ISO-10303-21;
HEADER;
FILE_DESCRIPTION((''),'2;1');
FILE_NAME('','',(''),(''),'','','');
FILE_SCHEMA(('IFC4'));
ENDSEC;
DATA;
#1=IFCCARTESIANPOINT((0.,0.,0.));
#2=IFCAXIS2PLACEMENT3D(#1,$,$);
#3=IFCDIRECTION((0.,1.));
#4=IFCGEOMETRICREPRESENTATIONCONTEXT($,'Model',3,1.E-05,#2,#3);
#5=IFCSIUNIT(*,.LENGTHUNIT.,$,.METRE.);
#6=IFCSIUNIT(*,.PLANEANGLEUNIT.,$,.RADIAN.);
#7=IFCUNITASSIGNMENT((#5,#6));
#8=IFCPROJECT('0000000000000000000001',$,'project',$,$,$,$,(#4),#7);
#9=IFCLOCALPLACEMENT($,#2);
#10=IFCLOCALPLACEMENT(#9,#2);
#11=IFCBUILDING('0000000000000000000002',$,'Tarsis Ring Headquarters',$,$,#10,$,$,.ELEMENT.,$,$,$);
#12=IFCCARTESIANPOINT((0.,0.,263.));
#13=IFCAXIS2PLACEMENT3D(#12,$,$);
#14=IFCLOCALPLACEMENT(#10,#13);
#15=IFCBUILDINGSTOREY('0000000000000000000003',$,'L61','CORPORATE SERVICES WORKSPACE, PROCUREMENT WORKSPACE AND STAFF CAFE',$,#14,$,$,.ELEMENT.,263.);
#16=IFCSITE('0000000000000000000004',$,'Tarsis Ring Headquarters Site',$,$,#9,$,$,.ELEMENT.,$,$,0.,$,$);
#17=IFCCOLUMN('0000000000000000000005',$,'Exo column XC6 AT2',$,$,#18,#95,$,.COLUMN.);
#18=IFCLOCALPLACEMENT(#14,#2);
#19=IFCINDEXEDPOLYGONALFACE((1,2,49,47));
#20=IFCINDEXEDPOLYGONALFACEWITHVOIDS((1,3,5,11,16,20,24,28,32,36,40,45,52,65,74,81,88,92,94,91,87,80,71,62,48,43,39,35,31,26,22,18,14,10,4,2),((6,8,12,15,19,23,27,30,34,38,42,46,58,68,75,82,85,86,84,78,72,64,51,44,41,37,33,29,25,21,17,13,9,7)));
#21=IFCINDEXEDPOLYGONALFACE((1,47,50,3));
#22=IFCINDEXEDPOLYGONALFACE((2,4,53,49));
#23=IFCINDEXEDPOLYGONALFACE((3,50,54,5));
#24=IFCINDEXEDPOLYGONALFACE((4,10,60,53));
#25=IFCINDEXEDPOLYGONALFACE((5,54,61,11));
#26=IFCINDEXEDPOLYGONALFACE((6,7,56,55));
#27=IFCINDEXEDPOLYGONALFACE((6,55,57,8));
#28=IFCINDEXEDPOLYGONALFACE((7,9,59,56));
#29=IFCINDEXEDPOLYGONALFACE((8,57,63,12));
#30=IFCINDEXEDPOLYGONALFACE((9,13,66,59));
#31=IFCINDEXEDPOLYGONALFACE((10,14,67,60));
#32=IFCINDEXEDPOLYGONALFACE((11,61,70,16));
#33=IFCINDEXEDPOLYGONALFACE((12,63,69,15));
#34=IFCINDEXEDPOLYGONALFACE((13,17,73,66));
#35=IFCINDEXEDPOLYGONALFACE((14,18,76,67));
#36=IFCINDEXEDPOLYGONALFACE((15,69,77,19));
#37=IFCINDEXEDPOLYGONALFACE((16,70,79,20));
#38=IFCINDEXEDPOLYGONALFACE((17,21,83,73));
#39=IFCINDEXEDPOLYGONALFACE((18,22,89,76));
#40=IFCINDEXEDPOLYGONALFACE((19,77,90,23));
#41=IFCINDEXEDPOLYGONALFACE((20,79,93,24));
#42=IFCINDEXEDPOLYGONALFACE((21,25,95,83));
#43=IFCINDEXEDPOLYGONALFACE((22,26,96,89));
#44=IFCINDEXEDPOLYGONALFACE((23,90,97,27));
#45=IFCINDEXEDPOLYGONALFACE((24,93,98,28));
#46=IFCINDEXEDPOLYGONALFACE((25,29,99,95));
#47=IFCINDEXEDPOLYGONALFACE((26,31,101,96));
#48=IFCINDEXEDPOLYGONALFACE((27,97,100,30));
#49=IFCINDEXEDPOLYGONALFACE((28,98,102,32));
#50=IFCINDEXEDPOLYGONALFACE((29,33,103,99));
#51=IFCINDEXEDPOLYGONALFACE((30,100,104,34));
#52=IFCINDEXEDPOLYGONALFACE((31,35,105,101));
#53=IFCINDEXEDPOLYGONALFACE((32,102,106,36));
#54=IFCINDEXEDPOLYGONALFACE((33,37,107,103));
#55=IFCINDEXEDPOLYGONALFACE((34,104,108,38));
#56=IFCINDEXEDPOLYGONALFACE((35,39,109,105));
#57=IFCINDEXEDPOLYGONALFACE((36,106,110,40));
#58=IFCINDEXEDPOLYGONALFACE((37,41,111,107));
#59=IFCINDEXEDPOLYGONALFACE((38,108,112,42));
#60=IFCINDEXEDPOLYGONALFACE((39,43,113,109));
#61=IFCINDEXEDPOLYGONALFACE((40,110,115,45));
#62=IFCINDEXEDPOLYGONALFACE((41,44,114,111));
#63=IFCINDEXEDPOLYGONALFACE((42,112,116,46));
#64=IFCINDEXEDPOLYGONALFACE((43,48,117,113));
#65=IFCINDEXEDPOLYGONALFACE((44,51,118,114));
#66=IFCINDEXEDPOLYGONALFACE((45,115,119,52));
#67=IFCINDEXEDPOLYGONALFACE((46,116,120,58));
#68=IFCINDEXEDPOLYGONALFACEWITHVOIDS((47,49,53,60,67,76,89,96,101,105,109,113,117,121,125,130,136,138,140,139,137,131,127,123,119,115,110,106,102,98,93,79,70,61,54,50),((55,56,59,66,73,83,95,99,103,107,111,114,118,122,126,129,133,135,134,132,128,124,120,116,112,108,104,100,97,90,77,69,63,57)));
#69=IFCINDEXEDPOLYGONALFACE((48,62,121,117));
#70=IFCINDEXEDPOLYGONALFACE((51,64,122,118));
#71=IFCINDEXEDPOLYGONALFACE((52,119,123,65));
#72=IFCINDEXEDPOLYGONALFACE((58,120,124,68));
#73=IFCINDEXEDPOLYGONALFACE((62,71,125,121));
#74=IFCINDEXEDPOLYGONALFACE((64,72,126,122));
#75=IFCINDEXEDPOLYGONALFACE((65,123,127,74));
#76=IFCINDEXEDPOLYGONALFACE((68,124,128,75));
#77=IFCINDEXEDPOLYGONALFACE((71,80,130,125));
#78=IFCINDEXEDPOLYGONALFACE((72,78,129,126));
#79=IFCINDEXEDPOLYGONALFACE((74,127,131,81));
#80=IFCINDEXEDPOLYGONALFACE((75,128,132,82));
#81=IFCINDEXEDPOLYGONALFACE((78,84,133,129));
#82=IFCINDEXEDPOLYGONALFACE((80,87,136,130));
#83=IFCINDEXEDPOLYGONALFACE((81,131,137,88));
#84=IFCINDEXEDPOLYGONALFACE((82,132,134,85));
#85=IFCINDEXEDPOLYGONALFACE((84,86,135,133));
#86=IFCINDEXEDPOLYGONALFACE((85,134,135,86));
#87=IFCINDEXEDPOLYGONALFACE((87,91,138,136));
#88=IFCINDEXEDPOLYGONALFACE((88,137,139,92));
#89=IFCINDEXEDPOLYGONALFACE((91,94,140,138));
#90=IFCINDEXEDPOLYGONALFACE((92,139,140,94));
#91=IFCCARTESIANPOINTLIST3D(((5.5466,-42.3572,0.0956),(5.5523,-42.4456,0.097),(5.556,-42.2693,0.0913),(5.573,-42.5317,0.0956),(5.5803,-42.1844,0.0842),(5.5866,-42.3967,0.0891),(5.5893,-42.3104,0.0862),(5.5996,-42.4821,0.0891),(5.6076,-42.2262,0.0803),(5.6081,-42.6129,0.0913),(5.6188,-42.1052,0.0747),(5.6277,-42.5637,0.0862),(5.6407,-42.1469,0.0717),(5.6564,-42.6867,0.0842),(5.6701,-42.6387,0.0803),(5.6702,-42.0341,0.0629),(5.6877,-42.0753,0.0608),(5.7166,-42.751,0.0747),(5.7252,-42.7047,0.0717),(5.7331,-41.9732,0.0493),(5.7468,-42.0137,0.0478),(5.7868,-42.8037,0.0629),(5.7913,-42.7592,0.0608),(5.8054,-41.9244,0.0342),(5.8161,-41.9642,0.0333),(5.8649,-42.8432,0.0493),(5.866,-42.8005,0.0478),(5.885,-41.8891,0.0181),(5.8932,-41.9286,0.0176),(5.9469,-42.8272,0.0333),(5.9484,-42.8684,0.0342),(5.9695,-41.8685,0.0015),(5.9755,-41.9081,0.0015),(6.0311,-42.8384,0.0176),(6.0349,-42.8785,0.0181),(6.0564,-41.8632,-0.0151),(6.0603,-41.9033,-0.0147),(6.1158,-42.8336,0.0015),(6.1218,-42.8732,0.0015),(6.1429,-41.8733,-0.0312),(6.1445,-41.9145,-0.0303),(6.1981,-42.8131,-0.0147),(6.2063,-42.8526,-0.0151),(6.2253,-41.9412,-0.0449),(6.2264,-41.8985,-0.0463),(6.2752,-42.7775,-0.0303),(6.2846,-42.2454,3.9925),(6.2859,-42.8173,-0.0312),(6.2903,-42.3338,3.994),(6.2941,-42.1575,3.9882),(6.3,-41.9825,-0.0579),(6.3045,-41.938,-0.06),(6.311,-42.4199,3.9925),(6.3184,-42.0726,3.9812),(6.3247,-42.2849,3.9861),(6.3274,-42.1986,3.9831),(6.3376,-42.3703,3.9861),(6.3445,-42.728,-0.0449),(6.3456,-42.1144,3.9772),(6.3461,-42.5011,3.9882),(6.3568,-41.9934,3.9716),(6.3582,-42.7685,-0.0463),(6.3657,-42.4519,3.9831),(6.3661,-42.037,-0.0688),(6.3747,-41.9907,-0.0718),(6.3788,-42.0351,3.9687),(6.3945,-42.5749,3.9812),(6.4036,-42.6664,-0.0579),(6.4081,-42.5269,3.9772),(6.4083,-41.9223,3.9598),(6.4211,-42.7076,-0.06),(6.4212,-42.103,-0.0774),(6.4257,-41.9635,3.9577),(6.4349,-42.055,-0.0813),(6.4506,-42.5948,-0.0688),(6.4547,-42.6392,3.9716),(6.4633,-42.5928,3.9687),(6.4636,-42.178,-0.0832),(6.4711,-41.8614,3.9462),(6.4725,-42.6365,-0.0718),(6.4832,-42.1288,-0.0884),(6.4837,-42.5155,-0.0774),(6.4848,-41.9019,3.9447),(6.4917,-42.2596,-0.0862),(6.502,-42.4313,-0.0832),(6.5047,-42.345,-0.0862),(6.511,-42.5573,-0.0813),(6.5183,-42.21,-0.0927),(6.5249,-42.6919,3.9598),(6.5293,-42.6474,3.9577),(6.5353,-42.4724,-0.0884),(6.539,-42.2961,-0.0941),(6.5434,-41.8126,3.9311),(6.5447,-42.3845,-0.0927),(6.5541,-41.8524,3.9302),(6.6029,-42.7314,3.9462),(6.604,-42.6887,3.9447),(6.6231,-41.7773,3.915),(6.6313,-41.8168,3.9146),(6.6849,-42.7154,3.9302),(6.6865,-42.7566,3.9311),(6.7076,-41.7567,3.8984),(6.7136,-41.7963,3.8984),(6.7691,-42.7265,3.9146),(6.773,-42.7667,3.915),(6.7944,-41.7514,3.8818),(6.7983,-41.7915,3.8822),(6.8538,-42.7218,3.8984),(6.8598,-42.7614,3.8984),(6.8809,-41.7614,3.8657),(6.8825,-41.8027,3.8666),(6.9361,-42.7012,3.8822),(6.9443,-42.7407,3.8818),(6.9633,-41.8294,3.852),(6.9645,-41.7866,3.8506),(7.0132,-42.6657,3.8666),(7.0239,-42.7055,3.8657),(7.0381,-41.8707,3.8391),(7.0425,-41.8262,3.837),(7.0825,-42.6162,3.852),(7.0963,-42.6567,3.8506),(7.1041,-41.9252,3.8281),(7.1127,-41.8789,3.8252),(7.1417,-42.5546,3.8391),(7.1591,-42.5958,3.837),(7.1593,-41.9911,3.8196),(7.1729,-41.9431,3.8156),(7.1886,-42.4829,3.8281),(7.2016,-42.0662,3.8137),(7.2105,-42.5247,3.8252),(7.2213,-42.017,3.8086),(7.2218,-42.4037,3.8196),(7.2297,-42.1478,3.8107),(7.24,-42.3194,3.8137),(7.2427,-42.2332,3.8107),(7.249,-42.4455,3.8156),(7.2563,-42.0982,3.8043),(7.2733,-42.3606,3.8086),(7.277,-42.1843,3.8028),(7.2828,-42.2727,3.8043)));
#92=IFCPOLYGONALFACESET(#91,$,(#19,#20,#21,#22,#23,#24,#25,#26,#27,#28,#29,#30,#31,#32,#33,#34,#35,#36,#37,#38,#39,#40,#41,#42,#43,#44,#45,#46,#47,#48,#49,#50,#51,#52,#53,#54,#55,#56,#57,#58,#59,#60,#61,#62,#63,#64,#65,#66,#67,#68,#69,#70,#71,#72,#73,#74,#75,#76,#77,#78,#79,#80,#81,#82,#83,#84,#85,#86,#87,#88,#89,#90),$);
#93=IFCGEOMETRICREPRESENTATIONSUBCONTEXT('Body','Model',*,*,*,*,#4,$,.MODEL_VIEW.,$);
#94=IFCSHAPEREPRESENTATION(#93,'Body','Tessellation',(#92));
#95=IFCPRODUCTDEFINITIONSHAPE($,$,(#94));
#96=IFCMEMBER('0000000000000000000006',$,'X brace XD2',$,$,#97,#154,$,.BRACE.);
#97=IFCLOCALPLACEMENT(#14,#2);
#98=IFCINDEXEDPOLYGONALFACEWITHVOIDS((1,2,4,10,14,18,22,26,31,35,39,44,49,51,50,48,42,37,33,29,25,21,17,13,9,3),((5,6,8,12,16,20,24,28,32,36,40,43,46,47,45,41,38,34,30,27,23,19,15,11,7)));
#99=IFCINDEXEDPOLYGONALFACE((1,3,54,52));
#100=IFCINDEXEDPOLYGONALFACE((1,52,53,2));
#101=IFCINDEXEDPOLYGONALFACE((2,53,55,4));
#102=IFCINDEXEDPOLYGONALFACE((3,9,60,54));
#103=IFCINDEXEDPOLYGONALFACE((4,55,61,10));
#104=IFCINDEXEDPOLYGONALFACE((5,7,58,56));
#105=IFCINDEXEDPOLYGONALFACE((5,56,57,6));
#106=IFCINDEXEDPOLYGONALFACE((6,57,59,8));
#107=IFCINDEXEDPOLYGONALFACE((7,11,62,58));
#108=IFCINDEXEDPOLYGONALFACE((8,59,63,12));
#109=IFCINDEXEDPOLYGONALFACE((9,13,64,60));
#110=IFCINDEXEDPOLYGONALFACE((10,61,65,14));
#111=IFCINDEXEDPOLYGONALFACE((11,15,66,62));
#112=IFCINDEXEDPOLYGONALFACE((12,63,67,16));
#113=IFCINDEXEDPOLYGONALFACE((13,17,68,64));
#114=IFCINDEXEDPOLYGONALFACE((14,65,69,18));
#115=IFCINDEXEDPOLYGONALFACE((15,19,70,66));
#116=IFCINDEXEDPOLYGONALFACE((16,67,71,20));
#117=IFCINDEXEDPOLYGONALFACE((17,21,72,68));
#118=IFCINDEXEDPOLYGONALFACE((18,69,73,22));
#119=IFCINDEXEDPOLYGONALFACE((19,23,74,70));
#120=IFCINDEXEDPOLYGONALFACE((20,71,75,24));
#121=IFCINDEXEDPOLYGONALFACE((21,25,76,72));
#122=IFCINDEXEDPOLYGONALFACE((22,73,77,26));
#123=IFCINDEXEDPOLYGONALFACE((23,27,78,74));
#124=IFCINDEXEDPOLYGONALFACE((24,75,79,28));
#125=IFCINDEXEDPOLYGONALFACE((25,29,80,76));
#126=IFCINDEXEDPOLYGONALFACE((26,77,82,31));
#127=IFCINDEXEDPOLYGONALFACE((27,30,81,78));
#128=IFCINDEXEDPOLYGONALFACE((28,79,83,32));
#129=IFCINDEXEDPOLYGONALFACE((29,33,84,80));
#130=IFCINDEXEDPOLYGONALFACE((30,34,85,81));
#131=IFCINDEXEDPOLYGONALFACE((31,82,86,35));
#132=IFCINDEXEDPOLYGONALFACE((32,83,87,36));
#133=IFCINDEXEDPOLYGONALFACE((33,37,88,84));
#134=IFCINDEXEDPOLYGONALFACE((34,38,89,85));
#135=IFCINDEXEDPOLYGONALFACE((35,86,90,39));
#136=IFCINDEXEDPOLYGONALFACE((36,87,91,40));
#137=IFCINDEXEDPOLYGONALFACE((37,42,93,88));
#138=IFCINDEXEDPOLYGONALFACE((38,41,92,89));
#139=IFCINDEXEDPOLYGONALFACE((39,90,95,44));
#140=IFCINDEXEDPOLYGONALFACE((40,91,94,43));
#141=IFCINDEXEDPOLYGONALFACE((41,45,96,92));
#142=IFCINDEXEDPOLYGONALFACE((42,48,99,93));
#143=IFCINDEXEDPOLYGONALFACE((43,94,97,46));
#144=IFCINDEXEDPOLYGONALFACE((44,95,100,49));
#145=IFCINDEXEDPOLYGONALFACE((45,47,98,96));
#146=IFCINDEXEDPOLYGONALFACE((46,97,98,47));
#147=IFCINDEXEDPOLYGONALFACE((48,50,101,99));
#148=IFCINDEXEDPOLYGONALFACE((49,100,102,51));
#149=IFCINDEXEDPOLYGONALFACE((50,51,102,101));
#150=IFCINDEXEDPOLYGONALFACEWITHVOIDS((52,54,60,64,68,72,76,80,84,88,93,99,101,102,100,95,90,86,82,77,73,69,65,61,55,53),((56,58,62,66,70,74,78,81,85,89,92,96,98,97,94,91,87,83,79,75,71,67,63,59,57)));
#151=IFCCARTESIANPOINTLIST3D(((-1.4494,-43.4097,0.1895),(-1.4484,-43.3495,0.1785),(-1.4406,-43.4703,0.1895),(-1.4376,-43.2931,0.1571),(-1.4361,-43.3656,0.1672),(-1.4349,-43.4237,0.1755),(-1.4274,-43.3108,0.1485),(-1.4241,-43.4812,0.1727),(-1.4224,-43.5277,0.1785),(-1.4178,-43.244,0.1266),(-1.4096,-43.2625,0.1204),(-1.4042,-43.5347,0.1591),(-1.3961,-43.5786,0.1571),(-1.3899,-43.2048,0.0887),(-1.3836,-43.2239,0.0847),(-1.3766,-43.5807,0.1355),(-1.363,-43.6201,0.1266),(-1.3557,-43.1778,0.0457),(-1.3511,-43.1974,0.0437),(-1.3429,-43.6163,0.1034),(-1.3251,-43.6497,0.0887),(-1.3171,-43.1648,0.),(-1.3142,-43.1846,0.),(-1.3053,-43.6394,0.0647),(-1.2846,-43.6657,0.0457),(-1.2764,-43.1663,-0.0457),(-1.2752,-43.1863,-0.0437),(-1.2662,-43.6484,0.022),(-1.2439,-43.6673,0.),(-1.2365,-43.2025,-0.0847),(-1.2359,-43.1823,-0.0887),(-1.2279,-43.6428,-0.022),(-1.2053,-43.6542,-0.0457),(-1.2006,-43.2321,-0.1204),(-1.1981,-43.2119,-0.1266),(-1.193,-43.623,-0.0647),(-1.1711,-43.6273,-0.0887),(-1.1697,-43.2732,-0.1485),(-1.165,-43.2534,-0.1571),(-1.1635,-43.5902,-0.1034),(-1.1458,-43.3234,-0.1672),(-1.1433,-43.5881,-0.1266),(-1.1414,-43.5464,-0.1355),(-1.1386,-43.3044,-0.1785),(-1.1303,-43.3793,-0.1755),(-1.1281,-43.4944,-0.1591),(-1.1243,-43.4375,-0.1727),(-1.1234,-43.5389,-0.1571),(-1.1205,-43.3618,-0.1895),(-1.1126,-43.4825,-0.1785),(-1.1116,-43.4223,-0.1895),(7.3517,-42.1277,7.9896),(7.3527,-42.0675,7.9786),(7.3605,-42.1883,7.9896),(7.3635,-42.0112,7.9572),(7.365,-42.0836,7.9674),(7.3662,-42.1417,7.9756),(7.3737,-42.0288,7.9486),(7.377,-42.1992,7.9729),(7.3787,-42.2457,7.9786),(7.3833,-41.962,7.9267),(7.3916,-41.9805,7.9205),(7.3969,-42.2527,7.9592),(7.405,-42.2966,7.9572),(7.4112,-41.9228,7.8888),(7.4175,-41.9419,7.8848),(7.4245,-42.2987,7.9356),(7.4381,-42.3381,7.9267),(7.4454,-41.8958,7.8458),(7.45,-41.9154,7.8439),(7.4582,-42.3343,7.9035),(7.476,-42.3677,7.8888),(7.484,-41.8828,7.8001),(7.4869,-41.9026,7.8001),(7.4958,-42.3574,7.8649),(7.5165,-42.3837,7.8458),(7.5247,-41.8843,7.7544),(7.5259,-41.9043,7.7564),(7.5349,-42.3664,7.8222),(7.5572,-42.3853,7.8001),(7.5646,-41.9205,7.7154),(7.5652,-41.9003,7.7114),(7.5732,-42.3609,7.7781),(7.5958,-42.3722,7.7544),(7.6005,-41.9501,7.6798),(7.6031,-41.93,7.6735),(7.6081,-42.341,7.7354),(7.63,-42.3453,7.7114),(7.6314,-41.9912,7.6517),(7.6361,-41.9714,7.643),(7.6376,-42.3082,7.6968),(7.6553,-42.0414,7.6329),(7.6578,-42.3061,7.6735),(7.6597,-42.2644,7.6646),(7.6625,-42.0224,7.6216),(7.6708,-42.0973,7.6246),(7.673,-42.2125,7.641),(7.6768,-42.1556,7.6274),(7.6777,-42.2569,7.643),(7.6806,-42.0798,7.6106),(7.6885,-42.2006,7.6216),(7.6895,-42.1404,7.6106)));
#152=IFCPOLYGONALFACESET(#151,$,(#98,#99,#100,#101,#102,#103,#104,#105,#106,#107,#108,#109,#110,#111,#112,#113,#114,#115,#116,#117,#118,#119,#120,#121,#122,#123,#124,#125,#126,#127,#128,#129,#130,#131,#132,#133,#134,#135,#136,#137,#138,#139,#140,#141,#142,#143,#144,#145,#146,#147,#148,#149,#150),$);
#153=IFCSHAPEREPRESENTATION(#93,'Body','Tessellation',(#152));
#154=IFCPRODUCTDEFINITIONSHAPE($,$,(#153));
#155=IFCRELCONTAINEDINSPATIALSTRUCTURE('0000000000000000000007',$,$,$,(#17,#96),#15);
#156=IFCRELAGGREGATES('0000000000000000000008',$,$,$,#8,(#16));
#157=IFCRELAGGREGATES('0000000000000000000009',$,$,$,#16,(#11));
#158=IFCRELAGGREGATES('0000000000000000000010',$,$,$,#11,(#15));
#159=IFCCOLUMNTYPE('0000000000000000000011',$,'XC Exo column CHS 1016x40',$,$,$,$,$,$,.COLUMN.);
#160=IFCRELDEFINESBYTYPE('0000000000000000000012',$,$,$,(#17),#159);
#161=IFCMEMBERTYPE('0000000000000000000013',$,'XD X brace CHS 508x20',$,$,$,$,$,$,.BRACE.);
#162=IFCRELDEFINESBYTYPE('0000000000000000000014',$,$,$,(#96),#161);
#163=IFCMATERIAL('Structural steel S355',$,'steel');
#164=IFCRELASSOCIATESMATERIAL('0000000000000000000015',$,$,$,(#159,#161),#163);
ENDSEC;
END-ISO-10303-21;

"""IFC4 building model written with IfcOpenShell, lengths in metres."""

from ifc_helpers import new_model, si_unit, direction, frame, origin, origin_2d, place, context, subcontext, project, spatial, hollow_circle, extrude, material, material_profile, profile_set, type_object, element, save


model = new_model("IFC4")

# Units and contexts
model_context = context("Model", 3, precision=1e-05, world=origin(), true_north=direction((0.0, 1.0)))
body_context = subcontext(model_context, "Body", "Model", "MODEL_VIEW")
ifc_project = project(units=[si_unit("LENGTHUNIT", "METRE"), si_unit("PLANEANGLEUNIT", "RADIAN")], contexts=[model_context])

# Site, building, storey
site_placement = place(None, origin())
site = spatial("IfcSite", under=ifc_project, at=site_placement, Name="Tarsis Ring Headquarters Site", CompositionType="ELEMENT", RefElevation=0.0)
building_placement = place(site_placement, origin())
building = spatial("IfcBuilding", under=site, at=building_placement, Name="Tarsis Ring Headquarters", CompositionType="ELEMENT")
storey_placement = place(building_placement, frame((0.0, 0.0, 263.0)))
storey = spatial("IfcBuildingStorey", under=building, at=storey_placement, Name="L61", Description="CORPORATE SERVICES WORKSPACE, PROCUREMENT WORKSPACE AND STAFF CAFE", CompositionType="ELEMENT", Elevation=263.0)

# Column
ifc_material_1 = material(Name="Structural steel S355", Category="steel")
ifc_material_profile_1 = material_profile(ifc_material_1, hollow_circle(Radius=0.5081, WallThickness=0.04, at=origin_2d()), Name="CHS 1016x40")
ifc_profile_set_1 = profile_set([ifc_material_profile_1], Name="Structural steel S355")
column_type = type_object("IfcColumnType", Name="XC Exo column CHS 1016x40", PredefinedType="COLUMN", material=ifc_profile_set_1)
column_placement = place(storey_placement, frame((6.0457, -42.3708, 0.0015), z_axis=(0.186006, 0.028181, 0.982144), x_axis=(-0.149796, 0.988717, 0.0)))
element("IfcColumn", 1, at=column_placement, inside=storey, type_object=column_type, Name="Exo column XC6 AT2", PredefinedType="COLUMN", context=body_context, shape_type="SweptSolid", body=[
    extrude(hollow_circle(Radius=0.5081, WallThickness=0.04, at=origin_2d()), origin(), (0.0, 0.0, 1.0), 3.9678),
])

# Member
ifc_material_profile_2 = material_profile(ifc_material_1, hollow_circle(Radius=0.2539, WallThickness=0.02, at=origin_2d()), Name="CHS 508x20")
ifc_profile_set_2 = profile_set([ifc_material_profile_2], Name="Structural steel S355")
member_type = type_object("IfcMemberType", Name="XD X brace CHS 508x20", PredefinedType="BRACE", material=ifc_profile_set_2)
member_1_placement = place(storey_placement, frame((-1.2805, -43.416, 0.0), z_axis=(0.743976, 0.10837, 0.65936), x_axis=(-0.144142, 0.989557, 0.0)))
element("IfcMember", 2, at=member_1_placement, inside=storey, type_object=member_type, Name="X brace XD2", PredefinedType="BRACE", context=body_context, shape_type="SweptSolid", body=[
    extrude(hollow_circle(Radius=0.2539, WallThickness=0.02, at=origin_2d()), origin(), (0.0, 0.0, 1.0), 11.8298),
])

save(model, "model.ifc")
